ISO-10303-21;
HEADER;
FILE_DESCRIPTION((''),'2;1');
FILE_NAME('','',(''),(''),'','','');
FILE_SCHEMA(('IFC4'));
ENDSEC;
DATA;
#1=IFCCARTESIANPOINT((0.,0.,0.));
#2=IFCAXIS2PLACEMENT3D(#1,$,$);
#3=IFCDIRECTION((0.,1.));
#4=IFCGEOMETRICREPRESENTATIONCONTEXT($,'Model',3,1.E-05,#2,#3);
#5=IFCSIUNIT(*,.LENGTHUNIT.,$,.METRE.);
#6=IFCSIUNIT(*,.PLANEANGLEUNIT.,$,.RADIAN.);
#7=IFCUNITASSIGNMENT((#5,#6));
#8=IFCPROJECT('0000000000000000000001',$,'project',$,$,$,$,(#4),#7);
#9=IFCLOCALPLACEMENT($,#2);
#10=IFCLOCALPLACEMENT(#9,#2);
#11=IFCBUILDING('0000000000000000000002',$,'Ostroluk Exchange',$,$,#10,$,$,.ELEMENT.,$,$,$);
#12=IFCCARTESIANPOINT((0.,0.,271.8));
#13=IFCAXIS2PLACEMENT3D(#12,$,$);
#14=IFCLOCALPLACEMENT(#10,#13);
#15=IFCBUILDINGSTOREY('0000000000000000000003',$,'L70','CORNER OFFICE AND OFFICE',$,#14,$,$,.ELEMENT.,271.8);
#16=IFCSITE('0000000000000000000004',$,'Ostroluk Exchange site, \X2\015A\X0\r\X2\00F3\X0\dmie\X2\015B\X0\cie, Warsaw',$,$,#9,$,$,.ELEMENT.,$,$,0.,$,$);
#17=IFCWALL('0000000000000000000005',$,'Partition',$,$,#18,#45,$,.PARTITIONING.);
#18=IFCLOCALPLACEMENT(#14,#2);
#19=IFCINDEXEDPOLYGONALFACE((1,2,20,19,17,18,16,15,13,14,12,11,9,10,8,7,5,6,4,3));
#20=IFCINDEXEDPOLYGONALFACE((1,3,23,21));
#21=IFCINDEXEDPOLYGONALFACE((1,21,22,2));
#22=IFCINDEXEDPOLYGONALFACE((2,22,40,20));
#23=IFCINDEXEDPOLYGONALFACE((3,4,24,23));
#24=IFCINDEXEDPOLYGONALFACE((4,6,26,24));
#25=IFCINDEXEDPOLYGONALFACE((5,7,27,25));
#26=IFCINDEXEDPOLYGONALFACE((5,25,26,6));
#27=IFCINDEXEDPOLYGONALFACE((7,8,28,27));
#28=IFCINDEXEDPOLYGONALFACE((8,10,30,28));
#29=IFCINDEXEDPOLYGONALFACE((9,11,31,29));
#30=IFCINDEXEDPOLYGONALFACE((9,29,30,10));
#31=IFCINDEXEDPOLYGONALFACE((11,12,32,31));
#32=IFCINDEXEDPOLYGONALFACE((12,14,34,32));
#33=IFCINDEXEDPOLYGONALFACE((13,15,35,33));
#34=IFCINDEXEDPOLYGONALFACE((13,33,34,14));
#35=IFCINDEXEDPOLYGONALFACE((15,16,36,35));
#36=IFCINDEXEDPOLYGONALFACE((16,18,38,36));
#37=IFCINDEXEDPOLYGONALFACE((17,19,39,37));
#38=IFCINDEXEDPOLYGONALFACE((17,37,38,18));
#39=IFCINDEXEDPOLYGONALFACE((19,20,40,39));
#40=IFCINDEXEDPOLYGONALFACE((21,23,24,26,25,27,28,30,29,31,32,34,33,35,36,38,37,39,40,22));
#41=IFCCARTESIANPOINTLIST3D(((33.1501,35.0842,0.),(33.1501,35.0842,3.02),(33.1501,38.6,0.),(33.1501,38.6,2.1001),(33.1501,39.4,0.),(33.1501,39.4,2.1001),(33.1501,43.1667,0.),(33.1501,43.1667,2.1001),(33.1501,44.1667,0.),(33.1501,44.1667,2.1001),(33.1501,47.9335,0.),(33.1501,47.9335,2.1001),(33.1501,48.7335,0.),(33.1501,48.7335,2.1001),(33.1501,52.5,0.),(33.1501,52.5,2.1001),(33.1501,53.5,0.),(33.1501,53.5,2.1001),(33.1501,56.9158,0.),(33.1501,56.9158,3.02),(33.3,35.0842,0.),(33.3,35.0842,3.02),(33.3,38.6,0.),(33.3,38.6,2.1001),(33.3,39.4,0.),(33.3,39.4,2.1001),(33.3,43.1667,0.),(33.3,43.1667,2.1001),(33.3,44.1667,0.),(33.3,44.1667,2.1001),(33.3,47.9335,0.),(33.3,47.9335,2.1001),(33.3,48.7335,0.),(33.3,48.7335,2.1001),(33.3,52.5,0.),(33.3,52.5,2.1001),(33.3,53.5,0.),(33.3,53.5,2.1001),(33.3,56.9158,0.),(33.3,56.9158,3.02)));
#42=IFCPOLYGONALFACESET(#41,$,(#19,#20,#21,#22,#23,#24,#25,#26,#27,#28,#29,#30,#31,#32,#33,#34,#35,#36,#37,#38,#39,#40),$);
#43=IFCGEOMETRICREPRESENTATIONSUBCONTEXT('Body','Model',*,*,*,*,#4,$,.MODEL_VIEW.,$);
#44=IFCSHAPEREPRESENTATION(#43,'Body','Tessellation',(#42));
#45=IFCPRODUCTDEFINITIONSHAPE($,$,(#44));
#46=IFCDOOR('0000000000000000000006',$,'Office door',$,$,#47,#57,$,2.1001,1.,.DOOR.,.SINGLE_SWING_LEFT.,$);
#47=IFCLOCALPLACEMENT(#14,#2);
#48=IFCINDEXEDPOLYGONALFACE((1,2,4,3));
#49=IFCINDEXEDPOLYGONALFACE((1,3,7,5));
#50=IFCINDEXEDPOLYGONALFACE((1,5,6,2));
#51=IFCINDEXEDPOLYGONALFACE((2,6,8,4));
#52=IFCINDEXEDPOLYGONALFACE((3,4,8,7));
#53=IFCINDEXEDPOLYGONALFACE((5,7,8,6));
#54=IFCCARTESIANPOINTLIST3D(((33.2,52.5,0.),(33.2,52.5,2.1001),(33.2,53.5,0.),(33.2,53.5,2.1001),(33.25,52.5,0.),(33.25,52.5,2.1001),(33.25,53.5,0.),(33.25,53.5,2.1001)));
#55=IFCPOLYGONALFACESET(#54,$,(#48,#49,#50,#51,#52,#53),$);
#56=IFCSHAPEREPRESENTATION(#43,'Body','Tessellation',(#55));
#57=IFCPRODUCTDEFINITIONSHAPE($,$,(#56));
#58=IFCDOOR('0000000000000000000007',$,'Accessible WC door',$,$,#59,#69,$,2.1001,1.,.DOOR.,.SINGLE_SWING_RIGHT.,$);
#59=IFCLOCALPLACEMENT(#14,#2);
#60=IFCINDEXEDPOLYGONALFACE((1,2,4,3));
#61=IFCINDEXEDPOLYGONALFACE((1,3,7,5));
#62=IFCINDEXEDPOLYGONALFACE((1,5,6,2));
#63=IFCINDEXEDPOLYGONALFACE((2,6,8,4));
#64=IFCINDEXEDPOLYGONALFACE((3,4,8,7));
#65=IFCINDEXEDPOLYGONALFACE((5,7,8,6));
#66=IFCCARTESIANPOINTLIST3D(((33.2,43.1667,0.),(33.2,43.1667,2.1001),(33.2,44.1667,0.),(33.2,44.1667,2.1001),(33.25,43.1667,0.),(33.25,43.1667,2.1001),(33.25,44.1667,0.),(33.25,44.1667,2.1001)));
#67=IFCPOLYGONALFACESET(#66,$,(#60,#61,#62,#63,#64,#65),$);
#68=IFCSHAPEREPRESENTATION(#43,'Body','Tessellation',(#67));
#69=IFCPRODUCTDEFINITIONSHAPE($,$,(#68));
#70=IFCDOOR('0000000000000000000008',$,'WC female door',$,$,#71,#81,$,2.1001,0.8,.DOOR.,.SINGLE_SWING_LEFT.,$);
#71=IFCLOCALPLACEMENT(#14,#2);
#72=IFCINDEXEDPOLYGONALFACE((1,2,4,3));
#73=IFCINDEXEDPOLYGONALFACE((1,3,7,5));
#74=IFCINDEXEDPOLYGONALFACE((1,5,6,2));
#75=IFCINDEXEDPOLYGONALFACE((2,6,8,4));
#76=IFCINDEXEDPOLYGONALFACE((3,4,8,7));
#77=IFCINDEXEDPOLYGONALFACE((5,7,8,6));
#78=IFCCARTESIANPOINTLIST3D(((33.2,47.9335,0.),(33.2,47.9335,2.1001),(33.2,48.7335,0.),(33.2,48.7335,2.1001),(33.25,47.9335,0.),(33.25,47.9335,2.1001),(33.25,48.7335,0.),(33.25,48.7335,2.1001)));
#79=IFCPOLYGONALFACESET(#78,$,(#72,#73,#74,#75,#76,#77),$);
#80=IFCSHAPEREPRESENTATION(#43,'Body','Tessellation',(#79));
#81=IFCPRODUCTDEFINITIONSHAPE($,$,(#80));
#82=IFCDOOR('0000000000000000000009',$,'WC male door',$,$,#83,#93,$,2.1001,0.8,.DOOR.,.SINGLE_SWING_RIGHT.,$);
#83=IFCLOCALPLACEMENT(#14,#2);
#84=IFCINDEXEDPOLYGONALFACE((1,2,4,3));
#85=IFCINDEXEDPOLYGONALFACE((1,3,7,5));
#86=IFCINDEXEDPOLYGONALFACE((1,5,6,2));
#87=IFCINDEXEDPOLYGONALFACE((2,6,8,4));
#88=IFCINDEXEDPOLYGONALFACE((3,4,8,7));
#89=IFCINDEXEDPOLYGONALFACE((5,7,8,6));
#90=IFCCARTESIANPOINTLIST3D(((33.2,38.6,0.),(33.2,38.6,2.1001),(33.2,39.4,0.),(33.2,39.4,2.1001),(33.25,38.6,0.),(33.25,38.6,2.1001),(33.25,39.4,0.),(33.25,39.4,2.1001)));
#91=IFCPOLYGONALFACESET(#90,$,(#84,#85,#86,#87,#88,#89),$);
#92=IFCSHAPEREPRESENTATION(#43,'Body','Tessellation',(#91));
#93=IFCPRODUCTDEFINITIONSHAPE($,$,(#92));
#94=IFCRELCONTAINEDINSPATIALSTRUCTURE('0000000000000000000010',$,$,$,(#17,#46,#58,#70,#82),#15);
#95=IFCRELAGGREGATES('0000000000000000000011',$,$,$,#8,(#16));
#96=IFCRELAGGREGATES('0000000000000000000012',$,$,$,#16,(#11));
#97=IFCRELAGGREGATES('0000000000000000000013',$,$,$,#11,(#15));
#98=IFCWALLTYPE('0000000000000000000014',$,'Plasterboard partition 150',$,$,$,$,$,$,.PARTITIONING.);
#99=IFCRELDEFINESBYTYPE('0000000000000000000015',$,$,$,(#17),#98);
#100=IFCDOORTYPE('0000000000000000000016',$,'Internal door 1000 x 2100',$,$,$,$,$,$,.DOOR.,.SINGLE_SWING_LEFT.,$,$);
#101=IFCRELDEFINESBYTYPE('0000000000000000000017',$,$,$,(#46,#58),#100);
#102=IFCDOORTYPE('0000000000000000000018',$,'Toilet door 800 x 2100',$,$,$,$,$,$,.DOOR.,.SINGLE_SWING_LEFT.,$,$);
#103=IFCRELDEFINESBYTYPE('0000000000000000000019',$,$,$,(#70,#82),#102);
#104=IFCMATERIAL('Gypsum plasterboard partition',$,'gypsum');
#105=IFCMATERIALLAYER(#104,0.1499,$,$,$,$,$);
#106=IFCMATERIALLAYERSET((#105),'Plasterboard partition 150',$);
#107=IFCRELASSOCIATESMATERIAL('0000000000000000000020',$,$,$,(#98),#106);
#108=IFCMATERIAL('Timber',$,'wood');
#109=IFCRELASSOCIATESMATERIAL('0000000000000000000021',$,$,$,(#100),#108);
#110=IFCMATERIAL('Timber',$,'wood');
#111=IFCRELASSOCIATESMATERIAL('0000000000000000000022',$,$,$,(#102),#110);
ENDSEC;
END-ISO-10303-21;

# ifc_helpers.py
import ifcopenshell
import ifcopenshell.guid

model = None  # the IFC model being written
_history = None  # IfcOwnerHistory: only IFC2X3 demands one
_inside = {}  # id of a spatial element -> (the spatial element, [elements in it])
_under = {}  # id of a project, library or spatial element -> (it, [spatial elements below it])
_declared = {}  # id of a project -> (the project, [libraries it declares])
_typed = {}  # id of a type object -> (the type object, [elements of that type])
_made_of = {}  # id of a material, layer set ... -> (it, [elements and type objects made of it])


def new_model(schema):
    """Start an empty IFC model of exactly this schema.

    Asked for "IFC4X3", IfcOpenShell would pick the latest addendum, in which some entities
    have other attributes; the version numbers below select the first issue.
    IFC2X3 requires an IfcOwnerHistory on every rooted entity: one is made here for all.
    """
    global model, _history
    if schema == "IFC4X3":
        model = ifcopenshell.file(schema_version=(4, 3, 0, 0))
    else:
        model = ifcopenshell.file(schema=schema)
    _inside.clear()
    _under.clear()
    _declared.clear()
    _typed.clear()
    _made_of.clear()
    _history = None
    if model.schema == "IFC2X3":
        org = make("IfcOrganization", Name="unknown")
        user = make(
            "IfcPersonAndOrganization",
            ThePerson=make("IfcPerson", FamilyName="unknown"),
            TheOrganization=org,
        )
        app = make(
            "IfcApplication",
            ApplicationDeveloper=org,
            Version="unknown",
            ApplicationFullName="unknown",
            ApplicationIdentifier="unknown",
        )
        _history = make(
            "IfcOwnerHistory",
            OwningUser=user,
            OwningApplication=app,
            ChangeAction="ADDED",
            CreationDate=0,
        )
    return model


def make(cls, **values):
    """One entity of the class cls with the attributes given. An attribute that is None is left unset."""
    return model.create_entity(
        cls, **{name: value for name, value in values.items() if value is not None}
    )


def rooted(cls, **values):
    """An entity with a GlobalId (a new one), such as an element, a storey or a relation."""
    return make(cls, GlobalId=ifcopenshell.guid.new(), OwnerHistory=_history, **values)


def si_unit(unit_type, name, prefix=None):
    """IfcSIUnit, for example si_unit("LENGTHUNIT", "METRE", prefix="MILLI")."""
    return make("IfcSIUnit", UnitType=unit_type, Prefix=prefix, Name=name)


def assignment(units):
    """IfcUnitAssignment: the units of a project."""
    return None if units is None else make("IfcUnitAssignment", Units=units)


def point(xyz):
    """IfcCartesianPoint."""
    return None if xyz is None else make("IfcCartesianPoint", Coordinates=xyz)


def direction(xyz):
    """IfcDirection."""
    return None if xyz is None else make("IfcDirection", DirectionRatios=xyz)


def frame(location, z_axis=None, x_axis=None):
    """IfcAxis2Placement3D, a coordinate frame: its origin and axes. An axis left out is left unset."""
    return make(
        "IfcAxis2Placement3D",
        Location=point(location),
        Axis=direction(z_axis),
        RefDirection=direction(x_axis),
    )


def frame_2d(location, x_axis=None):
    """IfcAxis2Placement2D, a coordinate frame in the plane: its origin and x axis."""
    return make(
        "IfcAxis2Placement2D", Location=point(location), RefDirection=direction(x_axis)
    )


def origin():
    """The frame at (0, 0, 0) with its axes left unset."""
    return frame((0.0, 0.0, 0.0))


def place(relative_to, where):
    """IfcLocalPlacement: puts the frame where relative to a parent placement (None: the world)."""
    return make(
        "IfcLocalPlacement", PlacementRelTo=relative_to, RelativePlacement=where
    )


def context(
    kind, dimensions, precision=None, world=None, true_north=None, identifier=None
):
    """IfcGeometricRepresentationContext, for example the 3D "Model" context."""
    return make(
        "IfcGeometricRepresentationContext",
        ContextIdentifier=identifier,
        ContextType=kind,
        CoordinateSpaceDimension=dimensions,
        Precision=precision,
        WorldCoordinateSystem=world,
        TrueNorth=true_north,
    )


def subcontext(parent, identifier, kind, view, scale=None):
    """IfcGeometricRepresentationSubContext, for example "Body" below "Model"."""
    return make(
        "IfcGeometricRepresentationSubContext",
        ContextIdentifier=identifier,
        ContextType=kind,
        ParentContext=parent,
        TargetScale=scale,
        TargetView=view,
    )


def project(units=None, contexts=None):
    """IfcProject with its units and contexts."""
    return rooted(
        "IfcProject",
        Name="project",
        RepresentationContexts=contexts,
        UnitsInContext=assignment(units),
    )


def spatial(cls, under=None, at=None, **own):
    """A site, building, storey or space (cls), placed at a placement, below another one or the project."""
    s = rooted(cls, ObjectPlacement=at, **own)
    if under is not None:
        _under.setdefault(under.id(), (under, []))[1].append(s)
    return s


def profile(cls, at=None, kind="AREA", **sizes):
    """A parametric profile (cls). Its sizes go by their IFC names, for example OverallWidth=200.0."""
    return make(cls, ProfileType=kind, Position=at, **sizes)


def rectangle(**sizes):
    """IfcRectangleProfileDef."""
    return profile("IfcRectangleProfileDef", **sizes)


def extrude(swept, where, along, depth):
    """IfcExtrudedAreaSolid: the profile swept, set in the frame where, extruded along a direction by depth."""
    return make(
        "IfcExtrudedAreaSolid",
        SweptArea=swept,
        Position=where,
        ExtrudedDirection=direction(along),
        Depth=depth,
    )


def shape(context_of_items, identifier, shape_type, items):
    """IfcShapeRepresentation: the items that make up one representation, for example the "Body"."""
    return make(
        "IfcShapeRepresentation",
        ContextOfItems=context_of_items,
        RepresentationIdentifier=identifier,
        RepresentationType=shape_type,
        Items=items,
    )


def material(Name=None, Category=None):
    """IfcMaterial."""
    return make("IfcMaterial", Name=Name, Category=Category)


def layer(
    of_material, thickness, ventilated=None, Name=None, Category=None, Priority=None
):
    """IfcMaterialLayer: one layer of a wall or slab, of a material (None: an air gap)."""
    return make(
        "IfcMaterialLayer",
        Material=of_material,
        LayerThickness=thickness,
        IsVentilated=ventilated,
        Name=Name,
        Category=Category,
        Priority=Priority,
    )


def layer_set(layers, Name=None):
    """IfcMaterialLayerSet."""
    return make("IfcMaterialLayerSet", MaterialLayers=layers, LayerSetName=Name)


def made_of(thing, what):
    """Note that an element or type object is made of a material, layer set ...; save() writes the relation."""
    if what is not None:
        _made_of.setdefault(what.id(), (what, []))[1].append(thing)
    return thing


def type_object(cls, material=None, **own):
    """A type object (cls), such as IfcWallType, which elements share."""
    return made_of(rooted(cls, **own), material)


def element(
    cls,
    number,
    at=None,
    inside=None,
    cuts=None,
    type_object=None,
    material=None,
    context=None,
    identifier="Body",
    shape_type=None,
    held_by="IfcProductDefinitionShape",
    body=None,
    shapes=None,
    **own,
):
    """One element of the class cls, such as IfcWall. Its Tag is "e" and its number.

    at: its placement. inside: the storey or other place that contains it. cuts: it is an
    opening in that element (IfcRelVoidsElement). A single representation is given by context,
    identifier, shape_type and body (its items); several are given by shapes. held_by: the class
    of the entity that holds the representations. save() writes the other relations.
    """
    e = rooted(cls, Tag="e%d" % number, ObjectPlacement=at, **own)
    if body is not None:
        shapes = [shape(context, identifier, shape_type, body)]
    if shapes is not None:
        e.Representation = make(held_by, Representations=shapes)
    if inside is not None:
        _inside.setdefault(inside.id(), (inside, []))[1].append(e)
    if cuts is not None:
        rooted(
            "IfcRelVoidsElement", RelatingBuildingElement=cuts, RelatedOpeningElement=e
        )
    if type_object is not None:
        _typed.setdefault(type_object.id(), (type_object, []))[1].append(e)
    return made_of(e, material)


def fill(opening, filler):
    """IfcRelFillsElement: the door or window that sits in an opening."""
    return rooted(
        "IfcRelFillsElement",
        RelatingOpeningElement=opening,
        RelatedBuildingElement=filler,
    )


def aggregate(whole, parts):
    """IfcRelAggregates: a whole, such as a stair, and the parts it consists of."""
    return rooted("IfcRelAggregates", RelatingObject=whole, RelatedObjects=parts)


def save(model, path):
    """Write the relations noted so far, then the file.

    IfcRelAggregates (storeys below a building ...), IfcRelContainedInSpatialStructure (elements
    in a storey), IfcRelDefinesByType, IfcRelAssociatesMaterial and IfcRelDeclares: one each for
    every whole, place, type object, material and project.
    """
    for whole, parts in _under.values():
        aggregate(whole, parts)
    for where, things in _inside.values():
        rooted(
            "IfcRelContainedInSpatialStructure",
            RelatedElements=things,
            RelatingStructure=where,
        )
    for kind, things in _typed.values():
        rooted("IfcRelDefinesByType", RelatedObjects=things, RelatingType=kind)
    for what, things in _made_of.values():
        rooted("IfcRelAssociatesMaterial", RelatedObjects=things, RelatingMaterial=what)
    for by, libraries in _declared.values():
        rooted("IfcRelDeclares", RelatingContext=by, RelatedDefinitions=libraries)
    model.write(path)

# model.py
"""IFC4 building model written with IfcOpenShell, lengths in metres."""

from ifc_helpers import new_model, si_unit, direction, frame, frame_2d, origin, place, context, subcontext, project, spatial, rectangle, extrude, material, layer, layer_set, type_object, element, fill, save


model = new_model("IFC4")

# Units and contexts
model_context = context("Model", 3, precision=1e-05, world=origin(), true_north=direction((0.0, 1.0)))
body_context = subcontext(model_context, "Body", "Model", "MODEL_VIEW")
ifc_project = project(units=[si_unit("LENGTHUNIT", "METRE"), si_unit("PLANEANGLEUNIT", "RADIAN")], contexts=[model_context])

# Site, building, storey
site_placement = place(None, origin())
site = spatial("IfcSite", under=ifc_project, at=site_placement, Name="Ostroluk Exchange site, Śródmieście, Warsaw", CompositionType="ELEMENT", RefElevation=0.0)
building_placement = place(site_placement, origin())
building = spatial("IfcBuilding", under=site, at=building_placement, Name="Ostroluk Exchange", CompositionType="ELEMENT")
storey_placement = place(building_placement, frame((0.0, 0.0, 271.8)))
storey = spatial("IfcBuildingStorey", under=building, at=storey_placement, Name="L70", Description="CORNER OFFICE AND OFFICE", CompositionType="ELEMENT", Elevation=271.8)

# Shared definitions
ifc_material_1 = material(Name="Gypsum plasterboard partition", Category="gypsum")
ifc_layer_1 = layer(ifc_material_1, 0.1499)
ifc_layer_set_1 = layer_set([ifc_layer_1], Name="Plasterboard partition 150")
wall_type = type_object("IfcWallType", Name="Plasterboard partition 150", PredefinedType="PARTITIONING", material=ifc_layer_set_1)

# Wall, openings, doors
wall_1_placement = place(storey_placement, frame((33.2251, 56.9158, 0.0), z_axis=(0.0, 0.0, 1.0), x_axis=(0.0, -1.0, 0.0)))
wall_1 = element("IfcWall", 1, at=wall_1_placement, inside=storey, type_object=wall_type, Name="Partition", PredefinedType="PARTITIONING", context=body_context, shape_type="SweptSolid", body=[
    extrude(rectangle(XDim=21.8315, YDim=0.1499, at=frame_2d((10.9158, 0.0))), origin(), (0.0, 0.0, 1.0), 3.02),
])
opening_1_placement = place(wall_1_placement, frame((3.4158, 0.0, 0.0)))
opening_1 = element("IfcOpeningElement", 2, at=opening_1_placement, cuts=wall_1, PredefinedType="OPENING", context=body_context, shape_type="SweptSolid", body=[
    extrude(rectangle(XDim=1.0, YDim=2.1001, at=frame_2d((0.5, 1.05))), frame((0.0, 0.085, 0.0), z_axis=(0.0, -1.0, 0.0), x_axis=(1.0, 0.0, 0.0)), (0.0, 0.0, 1.0), 0.1699),
])
opening_2_placement = place(wall_1_placement, frame((8.1824, 0.0, 0.0)))
opening_2 = element("IfcOpeningElement", 3, at=opening_2_placement, cuts=wall_1, PredefinedType="OPENING", context=body_context, shape_type="SweptSolid", body=[
    extrude(rectangle(XDim=0.8, YDim=2.1001, at=frame_2d((0.3999, 1.05))), frame((0.0, 0.085, 0.0), z_axis=(0.0, -1.0, 0.0), x_axis=(1.0, 0.0, 0.0)), (0.0, 0.0, 1.0), 0.1699),
])
opening_3_placement = place(wall_1_placement, frame((12.749, 0.0, 0.0)))
opening_3 = element("IfcOpeningElement", 4, at=opening_3_placement, cuts=wall_1, PredefinedType="OPENING", context=body_context, shape_type="SweptSolid", body=[
    extrude(rectangle(XDim=1.0, YDim=2.1001, at=frame_2d((0.5, 1.05))), frame((0.0, 0.085, 0.0), z_axis=(0.0, -1.0, 0.0), x_axis=(1.0, 0.0, 0.0)), (0.0, 0.0, 1.0), 0.1699),
])
opening_4_placement = place(wall_1_placement, frame((17.5159, 0.0, 0.0)))
opening_4 = element("IfcOpeningElement", 5, at=opening_4_placement, cuts=wall_1, PredefinedType="OPENING", context=body_context, shape_type="SweptSolid", body=[
    extrude(rectangle(XDim=0.8, YDim=2.1001, at=frame_2d((0.3999, 1.05))), frame((0.0, 0.085, 0.0), z_axis=(0.0, -1.0, 0.0), x_axis=(1.0, 0.0, 0.0)), (0.0, 0.0, 1.0), 0.1699),
])
ifc_material_2 = material(Name="Timber", Category="wood")
door_type_1 = type_object("IfcDoorType", Name="Internal door 1000 x 2100", OperationType="SINGLE_SWING_LEFT", PredefinedType="DOOR", material=ifc_material_2)
door_1_placement = place(opening_1_placement, origin())
door_1 = element("IfcDoor", 6, at=door_1_placement, inside=storey, type_object=door_type_1, Name="Office door", OperationType="SINGLE_SWING_LEFT", OverallHeight=2.1001, OverallWidth=1.0, PredefinedType="DOOR", context=body_context, shape_type="SweptSolid", body=[
    extrude(rectangle(XDim=1.0, YDim=2.1001, at=frame_2d((0.5, 1.05))), frame((0.0, 0.0249, 0.0), z_axis=(0.0, -1.0, 0.0), x_axis=(1.0, 0.0, 0.0)), (0.0, 0.0, 1.0), 0.05),
])
fill(opening_1, door_1)
door_2_placement = place(opening_3_placement, origin())
door_2 = element("IfcDoor", 7, at=door_2_placement, inside=storey, type_object=door_type_1, Name="Accessible WC door", OperationType="SINGLE_SWING_RIGHT", OverallHeight=2.1001, OverallWidth=1.0, PredefinedType="DOOR", context=body_context, shape_type="SweptSolid", body=[
    extrude(rectangle(XDim=1.0, YDim=2.1001, at=frame_2d((0.5, 1.05))), frame((0.0, 0.0249, 0.0), z_axis=(0.0, -1.0, 0.0), x_axis=(1.0, 0.0, 0.0)), (0.0, 0.0, 1.0), 0.05),
])
fill(opening_3, door_2)
ifc_material_3 = material(Name="Timber", Category="wood")
door_type_2 = type_object("IfcDoorType", Name="Toilet door 800 x 2100", OperationType="SINGLE_SWING_LEFT", PredefinedType="DOOR", material=ifc_material_3)
door_3_placement = place(opening_2_placement, origin())
door_3 = element("IfcDoor", 8, at=door_3_placement, inside=storey, type_object=door_type_2, Name="WC female door", OperationType="SINGLE_SWING_LEFT", OverallHeight=2.1001, OverallWidth=0.8, PredefinedType="DOOR", context=body_context, shape_type="SweptSolid", body=[
    extrude(rectangle(XDim=0.8, YDim=2.1001, at=frame_2d((0.3999, 1.05))), frame((0.0, 0.0249, 0.0), z_axis=(0.0, -1.0, 0.0), x_axis=(1.0, 0.0, 0.0)), (0.0, 0.0, 1.0), 0.05),
])
fill(opening_2, door_3)
door_4_placement = place(opening_4_placement, origin())
door_4 = element("IfcDoor", 9, at=door_4_placement, inside=storey, type_object=door_type_2, Name="WC male door", OperationType="SINGLE_SWING_RIGHT", OverallHeight=2.1001, OverallWidth=0.8, PredefinedType="DOOR", context=body_context, shape_type="SweptSolid", body=[
    extrude(rectangle(XDim=0.8, YDim=2.1001, at=frame_2d((0.3999, 1.05))), frame((0.0, 0.0249, 0.0), z_axis=(0.0, -1.0, 0.0), x_axis=(1.0, 0.0, 0.0)), (0.0, 0.0, 1.0), 0.05),
])
fill(opening_4, door_4)

save(model, "model.ifc")
